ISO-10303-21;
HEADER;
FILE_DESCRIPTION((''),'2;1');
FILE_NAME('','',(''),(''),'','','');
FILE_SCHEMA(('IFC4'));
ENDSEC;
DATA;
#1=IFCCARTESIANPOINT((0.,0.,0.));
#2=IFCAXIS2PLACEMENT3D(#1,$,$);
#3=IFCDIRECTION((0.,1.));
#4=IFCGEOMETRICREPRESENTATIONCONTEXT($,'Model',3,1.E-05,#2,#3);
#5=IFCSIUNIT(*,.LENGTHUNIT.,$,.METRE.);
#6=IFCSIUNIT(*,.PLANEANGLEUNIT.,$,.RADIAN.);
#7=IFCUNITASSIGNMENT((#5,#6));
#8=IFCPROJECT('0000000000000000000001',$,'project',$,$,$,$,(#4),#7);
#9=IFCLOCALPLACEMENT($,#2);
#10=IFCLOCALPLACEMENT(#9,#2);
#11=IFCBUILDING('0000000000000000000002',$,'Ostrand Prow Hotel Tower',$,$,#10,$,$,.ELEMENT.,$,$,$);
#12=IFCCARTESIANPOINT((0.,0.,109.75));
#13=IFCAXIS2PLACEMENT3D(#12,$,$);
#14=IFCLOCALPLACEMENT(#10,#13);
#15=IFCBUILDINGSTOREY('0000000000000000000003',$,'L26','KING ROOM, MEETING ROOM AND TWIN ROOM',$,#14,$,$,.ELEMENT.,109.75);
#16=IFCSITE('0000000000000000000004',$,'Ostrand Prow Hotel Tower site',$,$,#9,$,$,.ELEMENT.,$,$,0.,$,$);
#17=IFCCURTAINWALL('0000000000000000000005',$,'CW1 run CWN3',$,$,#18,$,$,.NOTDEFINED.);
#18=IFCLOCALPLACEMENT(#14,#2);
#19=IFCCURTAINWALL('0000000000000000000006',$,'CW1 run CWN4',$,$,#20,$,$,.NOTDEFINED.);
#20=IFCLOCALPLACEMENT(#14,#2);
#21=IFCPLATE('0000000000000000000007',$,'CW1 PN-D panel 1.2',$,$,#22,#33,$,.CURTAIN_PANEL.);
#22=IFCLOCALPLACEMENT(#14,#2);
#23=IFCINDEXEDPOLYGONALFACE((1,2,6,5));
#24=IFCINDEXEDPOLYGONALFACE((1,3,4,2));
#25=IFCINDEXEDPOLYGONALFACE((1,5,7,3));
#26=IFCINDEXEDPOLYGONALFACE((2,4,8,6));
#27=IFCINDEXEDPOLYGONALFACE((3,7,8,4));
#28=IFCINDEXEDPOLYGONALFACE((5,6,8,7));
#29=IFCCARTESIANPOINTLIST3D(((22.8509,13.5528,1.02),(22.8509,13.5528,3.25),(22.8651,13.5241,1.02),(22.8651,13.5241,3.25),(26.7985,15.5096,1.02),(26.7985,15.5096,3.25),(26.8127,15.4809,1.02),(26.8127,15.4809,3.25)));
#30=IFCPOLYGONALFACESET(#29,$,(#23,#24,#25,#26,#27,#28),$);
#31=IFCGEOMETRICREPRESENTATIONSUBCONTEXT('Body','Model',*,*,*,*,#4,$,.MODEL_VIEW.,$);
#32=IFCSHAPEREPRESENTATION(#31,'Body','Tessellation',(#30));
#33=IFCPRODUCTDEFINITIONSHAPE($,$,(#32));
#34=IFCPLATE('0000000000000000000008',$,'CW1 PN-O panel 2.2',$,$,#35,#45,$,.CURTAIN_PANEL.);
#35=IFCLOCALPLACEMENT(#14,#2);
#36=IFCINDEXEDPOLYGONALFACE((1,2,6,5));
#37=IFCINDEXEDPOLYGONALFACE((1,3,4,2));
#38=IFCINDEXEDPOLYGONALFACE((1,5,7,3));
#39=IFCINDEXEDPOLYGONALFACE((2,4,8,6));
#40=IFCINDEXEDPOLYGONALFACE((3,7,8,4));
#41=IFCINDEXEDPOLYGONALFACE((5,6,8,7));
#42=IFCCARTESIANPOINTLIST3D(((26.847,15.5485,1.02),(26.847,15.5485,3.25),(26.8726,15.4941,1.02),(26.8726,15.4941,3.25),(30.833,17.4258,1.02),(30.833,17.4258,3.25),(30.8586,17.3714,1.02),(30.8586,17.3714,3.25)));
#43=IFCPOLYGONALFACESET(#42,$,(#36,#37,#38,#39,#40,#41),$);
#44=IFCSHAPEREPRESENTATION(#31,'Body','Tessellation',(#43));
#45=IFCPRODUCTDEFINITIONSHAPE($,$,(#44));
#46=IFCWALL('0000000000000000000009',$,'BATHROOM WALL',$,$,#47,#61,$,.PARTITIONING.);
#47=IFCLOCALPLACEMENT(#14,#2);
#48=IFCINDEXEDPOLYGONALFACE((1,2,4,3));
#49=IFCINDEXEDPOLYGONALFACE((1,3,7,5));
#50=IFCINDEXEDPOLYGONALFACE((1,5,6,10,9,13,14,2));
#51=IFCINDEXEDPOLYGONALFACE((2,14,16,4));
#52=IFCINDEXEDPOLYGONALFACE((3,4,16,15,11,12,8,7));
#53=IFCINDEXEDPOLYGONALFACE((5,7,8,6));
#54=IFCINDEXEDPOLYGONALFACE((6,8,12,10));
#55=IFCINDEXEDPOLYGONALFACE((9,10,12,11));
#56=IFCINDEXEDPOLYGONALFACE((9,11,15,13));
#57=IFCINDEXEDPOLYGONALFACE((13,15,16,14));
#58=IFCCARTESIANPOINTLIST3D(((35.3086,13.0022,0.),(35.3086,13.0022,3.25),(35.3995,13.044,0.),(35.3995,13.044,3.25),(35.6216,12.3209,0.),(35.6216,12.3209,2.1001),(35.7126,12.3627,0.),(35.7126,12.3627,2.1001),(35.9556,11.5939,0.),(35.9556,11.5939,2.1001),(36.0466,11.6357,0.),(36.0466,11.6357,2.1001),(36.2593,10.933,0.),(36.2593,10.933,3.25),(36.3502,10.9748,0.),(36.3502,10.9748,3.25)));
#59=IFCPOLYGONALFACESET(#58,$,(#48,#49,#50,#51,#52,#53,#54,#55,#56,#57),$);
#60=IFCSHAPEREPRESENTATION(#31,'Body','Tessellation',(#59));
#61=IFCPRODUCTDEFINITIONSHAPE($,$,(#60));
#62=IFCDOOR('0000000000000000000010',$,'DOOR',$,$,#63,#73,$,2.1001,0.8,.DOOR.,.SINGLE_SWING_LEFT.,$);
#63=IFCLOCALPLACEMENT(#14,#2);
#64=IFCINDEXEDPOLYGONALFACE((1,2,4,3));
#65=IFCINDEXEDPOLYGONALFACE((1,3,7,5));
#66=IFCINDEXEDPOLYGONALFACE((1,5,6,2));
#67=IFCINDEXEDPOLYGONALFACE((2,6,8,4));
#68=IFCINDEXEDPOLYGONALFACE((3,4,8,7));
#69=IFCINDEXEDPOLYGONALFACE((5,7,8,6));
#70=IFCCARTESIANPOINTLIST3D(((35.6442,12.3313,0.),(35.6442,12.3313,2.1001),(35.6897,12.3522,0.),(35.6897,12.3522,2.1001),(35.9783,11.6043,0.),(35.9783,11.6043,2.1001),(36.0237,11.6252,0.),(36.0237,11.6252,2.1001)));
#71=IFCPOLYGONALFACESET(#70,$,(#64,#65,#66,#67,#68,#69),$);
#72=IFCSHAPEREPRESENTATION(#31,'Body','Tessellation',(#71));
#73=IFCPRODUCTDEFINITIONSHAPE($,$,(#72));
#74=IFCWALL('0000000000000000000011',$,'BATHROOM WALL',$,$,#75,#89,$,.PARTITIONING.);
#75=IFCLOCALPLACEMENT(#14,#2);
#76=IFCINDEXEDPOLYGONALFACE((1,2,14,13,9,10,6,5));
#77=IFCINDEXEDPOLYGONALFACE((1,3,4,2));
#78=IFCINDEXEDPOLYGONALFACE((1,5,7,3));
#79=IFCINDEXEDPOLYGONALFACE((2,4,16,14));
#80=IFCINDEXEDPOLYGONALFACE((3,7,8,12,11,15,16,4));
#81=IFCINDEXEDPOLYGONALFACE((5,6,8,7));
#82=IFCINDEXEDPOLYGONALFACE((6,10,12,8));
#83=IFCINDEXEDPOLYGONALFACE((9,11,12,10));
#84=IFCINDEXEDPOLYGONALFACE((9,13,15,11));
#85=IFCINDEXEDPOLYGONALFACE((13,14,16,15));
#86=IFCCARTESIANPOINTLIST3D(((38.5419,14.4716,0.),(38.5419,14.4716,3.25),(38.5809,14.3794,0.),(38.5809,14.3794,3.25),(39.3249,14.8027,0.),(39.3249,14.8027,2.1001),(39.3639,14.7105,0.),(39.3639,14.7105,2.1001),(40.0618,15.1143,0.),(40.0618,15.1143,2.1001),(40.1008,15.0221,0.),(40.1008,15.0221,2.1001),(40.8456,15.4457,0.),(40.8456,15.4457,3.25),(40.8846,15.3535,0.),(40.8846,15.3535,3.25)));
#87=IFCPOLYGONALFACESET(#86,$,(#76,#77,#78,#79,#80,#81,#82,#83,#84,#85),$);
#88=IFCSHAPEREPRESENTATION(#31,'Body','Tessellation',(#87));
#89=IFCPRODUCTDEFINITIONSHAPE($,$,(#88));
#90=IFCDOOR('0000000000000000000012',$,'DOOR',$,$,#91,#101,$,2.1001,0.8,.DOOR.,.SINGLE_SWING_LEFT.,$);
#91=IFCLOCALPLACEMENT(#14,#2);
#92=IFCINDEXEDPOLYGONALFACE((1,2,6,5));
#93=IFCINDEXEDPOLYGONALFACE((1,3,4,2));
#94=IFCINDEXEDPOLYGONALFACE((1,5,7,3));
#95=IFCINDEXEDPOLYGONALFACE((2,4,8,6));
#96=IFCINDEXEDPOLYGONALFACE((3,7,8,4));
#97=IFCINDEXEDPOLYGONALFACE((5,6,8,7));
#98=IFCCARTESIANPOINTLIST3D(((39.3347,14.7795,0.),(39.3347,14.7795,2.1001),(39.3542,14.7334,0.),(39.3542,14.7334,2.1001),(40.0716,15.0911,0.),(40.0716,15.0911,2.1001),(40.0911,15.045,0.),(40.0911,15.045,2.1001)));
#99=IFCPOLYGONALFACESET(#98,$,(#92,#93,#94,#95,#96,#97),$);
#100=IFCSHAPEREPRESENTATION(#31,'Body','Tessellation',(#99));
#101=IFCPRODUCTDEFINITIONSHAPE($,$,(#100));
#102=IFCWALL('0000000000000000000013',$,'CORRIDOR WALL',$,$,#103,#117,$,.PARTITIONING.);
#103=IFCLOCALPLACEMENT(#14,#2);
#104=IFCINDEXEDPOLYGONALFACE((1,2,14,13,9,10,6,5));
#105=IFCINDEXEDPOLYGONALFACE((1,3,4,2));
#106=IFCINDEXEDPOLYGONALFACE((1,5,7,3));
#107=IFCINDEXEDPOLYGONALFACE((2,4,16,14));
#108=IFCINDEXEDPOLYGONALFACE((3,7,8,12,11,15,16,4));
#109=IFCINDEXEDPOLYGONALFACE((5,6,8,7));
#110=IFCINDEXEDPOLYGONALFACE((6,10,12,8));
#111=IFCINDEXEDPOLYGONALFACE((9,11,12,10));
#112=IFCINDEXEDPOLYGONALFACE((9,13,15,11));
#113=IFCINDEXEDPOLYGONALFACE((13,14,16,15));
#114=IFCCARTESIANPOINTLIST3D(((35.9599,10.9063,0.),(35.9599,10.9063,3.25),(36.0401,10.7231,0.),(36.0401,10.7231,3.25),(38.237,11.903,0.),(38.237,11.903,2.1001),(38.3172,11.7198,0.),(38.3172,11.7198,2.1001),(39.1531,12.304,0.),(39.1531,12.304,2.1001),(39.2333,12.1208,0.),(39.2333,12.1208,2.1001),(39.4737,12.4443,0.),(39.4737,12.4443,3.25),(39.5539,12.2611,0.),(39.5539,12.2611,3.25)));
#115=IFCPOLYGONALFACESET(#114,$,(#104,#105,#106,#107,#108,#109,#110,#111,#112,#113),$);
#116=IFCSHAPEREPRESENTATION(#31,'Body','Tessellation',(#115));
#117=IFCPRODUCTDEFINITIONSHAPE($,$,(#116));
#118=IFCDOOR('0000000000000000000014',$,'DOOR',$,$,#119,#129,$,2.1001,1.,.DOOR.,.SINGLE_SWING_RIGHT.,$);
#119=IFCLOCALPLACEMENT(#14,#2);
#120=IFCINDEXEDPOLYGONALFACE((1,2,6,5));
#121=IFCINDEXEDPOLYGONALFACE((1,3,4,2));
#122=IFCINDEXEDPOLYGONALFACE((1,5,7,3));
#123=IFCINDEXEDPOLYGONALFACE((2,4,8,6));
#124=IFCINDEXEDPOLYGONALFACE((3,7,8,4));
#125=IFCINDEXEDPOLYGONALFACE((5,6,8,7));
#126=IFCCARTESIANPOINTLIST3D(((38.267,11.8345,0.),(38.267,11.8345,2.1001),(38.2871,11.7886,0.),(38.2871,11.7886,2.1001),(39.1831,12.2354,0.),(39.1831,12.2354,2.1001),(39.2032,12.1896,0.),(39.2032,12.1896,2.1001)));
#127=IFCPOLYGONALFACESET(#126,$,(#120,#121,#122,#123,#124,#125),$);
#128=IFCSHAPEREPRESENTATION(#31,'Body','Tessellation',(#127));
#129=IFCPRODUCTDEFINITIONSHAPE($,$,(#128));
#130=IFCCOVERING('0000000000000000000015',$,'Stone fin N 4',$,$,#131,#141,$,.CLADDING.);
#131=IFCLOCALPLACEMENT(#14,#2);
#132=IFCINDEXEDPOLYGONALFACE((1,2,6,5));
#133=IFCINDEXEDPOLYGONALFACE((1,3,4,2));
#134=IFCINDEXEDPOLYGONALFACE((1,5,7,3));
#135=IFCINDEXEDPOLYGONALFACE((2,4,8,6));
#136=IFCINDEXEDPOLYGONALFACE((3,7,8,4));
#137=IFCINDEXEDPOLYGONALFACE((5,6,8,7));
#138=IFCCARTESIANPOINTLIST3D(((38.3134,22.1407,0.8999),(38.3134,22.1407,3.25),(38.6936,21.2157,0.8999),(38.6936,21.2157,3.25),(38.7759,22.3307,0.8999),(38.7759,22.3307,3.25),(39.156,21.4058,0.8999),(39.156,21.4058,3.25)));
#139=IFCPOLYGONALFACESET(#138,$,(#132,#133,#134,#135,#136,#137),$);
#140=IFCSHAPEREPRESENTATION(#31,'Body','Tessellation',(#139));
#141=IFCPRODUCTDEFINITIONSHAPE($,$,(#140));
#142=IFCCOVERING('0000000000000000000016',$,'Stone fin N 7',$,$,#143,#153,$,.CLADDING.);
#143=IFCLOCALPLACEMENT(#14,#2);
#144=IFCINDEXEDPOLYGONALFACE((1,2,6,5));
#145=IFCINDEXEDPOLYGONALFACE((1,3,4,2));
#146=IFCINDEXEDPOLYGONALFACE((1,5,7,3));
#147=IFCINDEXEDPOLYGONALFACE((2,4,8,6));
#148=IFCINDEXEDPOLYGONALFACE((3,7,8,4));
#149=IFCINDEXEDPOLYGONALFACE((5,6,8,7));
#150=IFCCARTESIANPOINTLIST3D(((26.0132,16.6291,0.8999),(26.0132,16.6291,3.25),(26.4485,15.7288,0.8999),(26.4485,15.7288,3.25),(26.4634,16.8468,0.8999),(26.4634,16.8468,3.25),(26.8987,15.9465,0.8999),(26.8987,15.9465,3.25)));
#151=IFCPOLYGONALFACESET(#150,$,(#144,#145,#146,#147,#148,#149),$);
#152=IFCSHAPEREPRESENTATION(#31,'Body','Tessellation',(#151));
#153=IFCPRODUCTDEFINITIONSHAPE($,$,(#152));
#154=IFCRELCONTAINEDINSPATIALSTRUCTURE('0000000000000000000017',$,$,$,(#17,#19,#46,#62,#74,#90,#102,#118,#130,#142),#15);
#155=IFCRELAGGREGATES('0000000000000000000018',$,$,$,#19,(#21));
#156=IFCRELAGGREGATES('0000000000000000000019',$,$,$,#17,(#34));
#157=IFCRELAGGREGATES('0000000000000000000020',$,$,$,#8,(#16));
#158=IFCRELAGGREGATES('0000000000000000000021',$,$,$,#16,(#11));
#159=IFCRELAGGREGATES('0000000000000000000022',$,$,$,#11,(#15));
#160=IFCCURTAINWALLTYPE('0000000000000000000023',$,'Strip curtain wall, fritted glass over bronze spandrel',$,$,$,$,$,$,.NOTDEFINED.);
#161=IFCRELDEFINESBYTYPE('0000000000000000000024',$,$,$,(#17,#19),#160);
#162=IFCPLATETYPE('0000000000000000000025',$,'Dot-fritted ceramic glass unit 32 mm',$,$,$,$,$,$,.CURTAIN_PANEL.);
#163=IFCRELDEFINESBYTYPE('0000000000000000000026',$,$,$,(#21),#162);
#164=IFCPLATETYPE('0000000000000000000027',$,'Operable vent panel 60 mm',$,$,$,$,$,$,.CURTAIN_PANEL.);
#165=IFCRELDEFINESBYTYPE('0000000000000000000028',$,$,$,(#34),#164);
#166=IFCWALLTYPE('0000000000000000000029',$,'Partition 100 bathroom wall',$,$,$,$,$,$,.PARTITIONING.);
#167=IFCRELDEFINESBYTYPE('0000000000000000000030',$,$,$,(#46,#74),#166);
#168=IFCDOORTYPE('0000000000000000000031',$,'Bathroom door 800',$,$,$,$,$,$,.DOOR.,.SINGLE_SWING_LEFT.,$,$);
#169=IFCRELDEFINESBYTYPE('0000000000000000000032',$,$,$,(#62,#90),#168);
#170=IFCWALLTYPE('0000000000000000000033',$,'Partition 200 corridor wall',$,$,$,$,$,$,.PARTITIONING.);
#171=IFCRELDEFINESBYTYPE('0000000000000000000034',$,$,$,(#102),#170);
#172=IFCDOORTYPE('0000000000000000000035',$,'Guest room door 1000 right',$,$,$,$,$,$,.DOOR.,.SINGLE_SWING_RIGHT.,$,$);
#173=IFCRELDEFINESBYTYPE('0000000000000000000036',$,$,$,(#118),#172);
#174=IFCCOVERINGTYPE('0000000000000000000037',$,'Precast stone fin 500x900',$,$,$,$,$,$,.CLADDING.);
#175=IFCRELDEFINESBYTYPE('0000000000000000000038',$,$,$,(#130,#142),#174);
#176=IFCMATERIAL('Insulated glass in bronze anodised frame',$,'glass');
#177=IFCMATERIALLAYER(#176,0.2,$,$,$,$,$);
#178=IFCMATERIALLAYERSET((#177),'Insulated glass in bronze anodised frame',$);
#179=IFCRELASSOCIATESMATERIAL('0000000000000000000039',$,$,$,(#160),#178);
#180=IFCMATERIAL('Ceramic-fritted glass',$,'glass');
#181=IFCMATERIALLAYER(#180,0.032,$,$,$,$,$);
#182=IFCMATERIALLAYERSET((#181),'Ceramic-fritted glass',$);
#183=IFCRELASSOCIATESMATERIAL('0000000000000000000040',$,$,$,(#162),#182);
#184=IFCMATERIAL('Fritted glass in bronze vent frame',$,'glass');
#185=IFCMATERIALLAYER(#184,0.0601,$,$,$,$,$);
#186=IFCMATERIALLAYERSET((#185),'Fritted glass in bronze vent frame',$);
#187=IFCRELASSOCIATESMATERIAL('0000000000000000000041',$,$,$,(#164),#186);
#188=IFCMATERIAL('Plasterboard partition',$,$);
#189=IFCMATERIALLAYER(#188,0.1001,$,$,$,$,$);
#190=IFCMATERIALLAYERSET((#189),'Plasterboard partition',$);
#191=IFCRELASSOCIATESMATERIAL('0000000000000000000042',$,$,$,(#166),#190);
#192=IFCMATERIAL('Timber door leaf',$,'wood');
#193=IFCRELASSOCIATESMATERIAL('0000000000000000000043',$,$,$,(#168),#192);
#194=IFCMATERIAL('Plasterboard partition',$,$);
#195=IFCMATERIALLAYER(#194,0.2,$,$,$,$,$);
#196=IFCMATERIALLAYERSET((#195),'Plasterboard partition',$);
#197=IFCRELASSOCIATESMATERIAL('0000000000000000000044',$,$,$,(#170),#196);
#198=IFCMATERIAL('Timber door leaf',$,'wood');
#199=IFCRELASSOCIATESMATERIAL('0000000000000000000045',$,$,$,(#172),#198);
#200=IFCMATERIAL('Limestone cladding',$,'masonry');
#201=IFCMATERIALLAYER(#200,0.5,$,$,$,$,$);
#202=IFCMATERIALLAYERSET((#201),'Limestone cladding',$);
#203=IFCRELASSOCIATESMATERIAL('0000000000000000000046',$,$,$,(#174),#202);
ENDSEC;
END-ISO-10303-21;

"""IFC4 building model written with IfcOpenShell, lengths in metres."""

from ifc_helpers import new_model, si_unit, direction, frame, frame_2d, origin, origin_2d, place, context, subcontext, project, spatial, rectangle, extrude, material, layer, layer_set, type_object, element, fill, aggregate, save


model = new_model("IFC4")

# Units and contexts
model_context = context("Model", 3, precision=1e-05, world=origin(), true_north=direction((0.0, 1.0)))
body_context = subcontext(model_context, "Body", "Model", "MODEL_VIEW")
ifc_project = project(units=[si_unit("LENGTHUNIT", "METRE"), si_unit("PLANEANGLEUNIT", "RADIAN")], contexts=[model_context])

# Site, building, storey
site_placement = place(None, origin())
site = spatial("IfcSite", under=ifc_project, at=site_placement, Name="Ostrand Prow Hotel Tower site", CompositionType="ELEMENT", RefElevation=0.0)
building_placement = place(site_placement, origin())
building = spatial("IfcBuilding", under=site, at=building_placement, Name="Ostrand Prow Hotel Tower", CompositionType="ELEMENT")
storey_placement = place(building_placement, frame((0.0, 0.0, 109.75)))
storey = spatial("IfcBuildingStorey", under=building, at=storey_placement, Name="L26", Description="KING ROOM, MEETING ROOM AND TWIN ROOM", CompositionType="ELEMENT", Elevation=109.75)

# Curtain wall
ifc_material_1 = material(Name="Insulated glass in bronze anodised frame", Category="glass")
ifc_layer_1 = layer(ifc_material_1, 0.2)
ifc_layer_set_1 = layer_set([ifc_layer_1], Name="Insulated glass in bronze anodised frame")
curtain_wall_type = type_object("IfcCurtainWallType", Name="Strip curtain wall, fritted glass over bronze spandrel", PredefinedType="NOTDEFINED", material=ifc_layer_set_1)
curtain_wall_1_placement = place(storey_placement, origin())
curtain_wall_1 = element("IfcCurtainWall", 1, at=curtain_wall_1_placement, inside=storey, type_object=curtain_wall_type, Name="CW1 run CWN3", PredefinedType="NOTDEFINED")

# Curtain wall
curtain_wall_2_placement = place(storey_placement, origin())
curtain_wall_2 = element("IfcCurtainWall", 2, at=curtain_wall_2_placement, inside=storey, type_object=curtain_wall_type, Name="CW1 run CWN4", PredefinedType="NOTDEFINED")

# Plates
ifc_material_2 = material(Name="Ceramic-fritted glass", Category="glass")
ifc_layer_2 = layer(ifc_material_2, 0.032)
ifc_layer_set_2 = layer_set([ifc_layer_2], Name="Ceramic-fritted glass")
plate_type_1 = type_object("IfcPlateType", Name="Dot-fritted ceramic glass unit 32 mm", PredefinedType="CURTAIN_PANEL", material=ifc_layer_set_2)
plate_1_placement = place(storey_placement, frame((24.8318, 14.5168, 1.02), z_axis=(0.0, 0.0, 1.0), x_axis=(-0.895971, -0.444113, 0.0)))
plate_1 = element("IfcPlate", 3, at=plate_1_placement, type_object=plate_type_1, Name="CW1 PN-D panel 1.2", PredefinedType="CURTAIN_PANEL", context=body_context, shape_type="SweptSolid", body=[
    extrude(rectangle(XDim=4.406, YDim=0.032, at=origin_2d()), origin(), (0.0, 0.0, 1.0), 2.23),
])
aggregate(curtain_wall_2, [plate_1])
ifc_material_3 = material(Name="Fritted glass in bronze vent frame", Category="glass")
ifc_layer_3 = layer(ifc_material_3, 0.0601)
ifc_layer_set_3 = layer_set([ifc_layer_3], Name="Fritted glass in bronze vent frame")
plate_type_2 = type_object("IfcPlateType", Name="Operable vent panel 60 mm", PredefinedType="CURTAIN_PANEL", material=ifc_layer_set_3)
plate_2_placement = place(storey_placement, frame((28.8528, 16.46, 1.02), z_axis=(0.0, 0.0, 1.0), x_axis=(-0.904686, -0.426079, 0.0)))
plate_2 = element("IfcPlate", 4, at=plate_2_placement, type_object=plate_type_2, Name="CW1 PN-O panel 2.2", PredefinedType="CURTAIN_PANEL", context=body_context, shape_type="SweptSolid", body=[
    extrude(rectangle(XDim=4.406, YDim=0.0601, at=origin_2d()), origin(), (0.0, 0.0, 1.0), 2.23),
])
aggregate(curtain_wall_1, [plate_2])

# Walls, openings, doors
ifc_material_4 = material(Name="Plasterboard partition")
ifc_layer_4 = layer(ifc_material_4, 0.1001)
ifc_layer_set_4 = layer_set([ifc_layer_4], Name="Plasterboard partition")
wall_type_1 = type_object("IfcWallType", Name="Partition 100 bathroom wall", PredefinedType="PARTITIONING", material=ifc_layer_set_4)
wall_1_placement = place(storey_placement, frame((35.354, 13.0232, 0.0), z_axis=(0.0, 0.0, 1.0), x_axis=(0.417507, -0.908674, 0.0)))
wall_1 = element("IfcWall", 5, at=wall_1_placement, inside=storey, type_object=wall_type_1, Name="BATHROOM WALL", PredefinedType="PARTITIONING", context=body_context, shape_type="SweptSolid", body=[
    extrude(rectangle(XDim=2.2771, YDim=0.1001, at=frame_2d((1.1387, 0.0))), origin(), (0.0, 0.0, 1.0), 3.25),
])
opening_1_placement = place(wall_1_placement, frame((0.75, 0.0, 0.0)))
opening_1 = element("IfcOpeningElement", 6, at=opening_1_placement, cuts=wall_1, PredefinedType="OPENING", context=body_context, shape_type="SweptSolid", body=[
    extrude(rectangle(XDim=0.8, YDim=2.1001, at=frame_2d((0.3999, 1.05))), frame((0.0, 0.0601, 0.0), z_axis=(0.0, -1.0, 0.0), x_axis=(1.0, 0.0, 0.0)), (0.0, 0.0, 1.0), 0.1201),
])
ifc_material_5 = material(Name="Timber door leaf", Category="wood")
door_type_1 = type_object("IfcDoorType", Name="Bathroom door 800", OperationType="SINGLE_SWING_LEFT", PredefinedType="DOOR", material=ifc_material_5)
door_1_placement = place(opening_1_placement, origin())
door_1 = element("IfcDoor", 7, at=door_1_placement, inside=storey, type_object=door_type_1, Name="DOOR", OperationType="SINGLE_SWING_LEFT", OverallHeight=2.1001, OverallWidth=0.8, PredefinedType="DOOR", context=body_context, shape_type="SweptSolid", body=[
    extrude(rectangle(XDim=0.8, YDim=2.1001, at=frame_2d((0.3999, 1.05))), frame((0.0, 0.0249, 0.0), z_axis=(0.0, -1.0, 0.0), x_axis=(1.0, 0.0, 0.0)), (0.0, 0.0, 1.0), 0.05),
])
fill(opening_1, door_1)
wall_2_placement = place(storey_placement, frame((38.5615, 14.4255, 0.0), z_axis=(0.0, 0.0, 1.0), x_axis=(0.921043, 0.389462, 0.0)))
wall_2 = element("IfcWall", 8, at=wall_2_placement, inside=storey, type_object=wall_type_1, Name="BATHROOM WALL", PredefinedType="PARTITIONING", context=body_context, shape_type="SweptSolid", body=[
    extrude(rectangle(XDim=2.5012, YDim=0.1001, at=frame_2d((1.2505, 0.0))), origin(), (0.0, 0.0, 1.0), 3.25),
])
opening_2_placement = place(wall_2_placement, frame((0.8501, 0.0, 0.0)))
opening_2 = element("IfcOpeningElement", 9, at=opening_2_placement, cuts=wall_2, PredefinedType="OPENING", context=body_context, shape_type="SweptSolid", body=[
    extrude(rectangle(XDim=0.8, YDim=2.1001, at=frame_2d((0.3999, 1.05))), frame((0.0, 0.0601, 0.0), z_axis=(0.0, -1.0, 0.0), x_axis=(1.0, 0.0, 0.0)), (0.0, 0.0, 1.0), 0.1201),
])
door_2_placement = place(opening_2_placement, origin())
door_2 = element("IfcDoor", 10, at=door_2_placement, inside=storey, type_object=door_type_1, Name="DOOR", OperationType="SINGLE_SWING_LEFT", OverallHeight=2.1001, OverallWidth=0.8, PredefinedType="DOOR", context=body_context, shape_type="SweptSolid", body=[
    extrude(rectangle(XDim=0.8, YDim=2.1001, at=frame_2d((0.3999, 1.05))), frame((0.0, 0.0249, 0.0), z_axis=(0.0, -1.0, 0.0), x_axis=(1.0, 0.0, 0.0)), (0.0, 0.0, 1.0), 0.05),
])
fill(opening_2, door_2)
ifc_material_6 = material(Name="Plasterboard partition")
ifc_layer_5 = layer(ifc_material_6, 0.2)
ifc_layer_set_5 = layer_set([ifc_layer_5], Name="Plasterboard partition")
wall_type_2 = type_object("IfcWallType", Name="Partition 200 corridor wall", PredefinedType="PARTITIONING", material=ifc_layer_set_5)
wall_3_placement = place(storey_placement, frame((39.5139, 12.3528, 0.0), z_axis=(0.0, 0.0, 1.0), x_axis=(-0.916086, -0.400982, 0.0)))
wall_3 = element("IfcWall", 11, at=wall_3_placement, inside=storey, type_object=wall_type_2, Name="CORRIDOR WALL", PredefinedType="PARTITIONING", context=body_context, shape_type="SweptSolid", body=[
    extrude(rectangle(XDim=3.8357, YDim=0.2, at=frame_2d((1.918, 0.0))), origin(), (0.0, 0.0, 1.0), 3.25),
])
opening_3_placement = place(wall_3_placement, frame((0.3501, 0.0, 0.0)))
opening_3 = element("IfcOpeningElement", 12, at=opening_3_placement, cuts=wall_3, PredefinedType="OPENING", context=body_context, shape_type="SweptSolid", body=[
    extrude(rectangle(XDim=1.0, YDim=2.1001, at=frame_2d((0.5, 1.05))), frame((0.0, 0.1099, 0.0), z_axis=(0.0, -1.0, 0.0), x_axis=(1.0, 0.0, 0.0)), (0.0, 0.0, 1.0), 0.22),
])
ifc_material_7 = material(Name="Timber door leaf", Category="wood")
door_type_2 = type_object("IfcDoorType", Name="Guest room door 1000 right", OperationType="SINGLE_SWING_RIGHT", PredefinedType="DOOR", material=ifc_material_7)
door_3_placement = place(opening_3_placement, origin())
door_3 = element("IfcDoor", 13, at=door_3_placement, inside=storey, type_object=door_type_2, Name="DOOR", OperationType="SINGLE_SWING_RIGHT", OverallHeight=2.1001, OverallWidth=1.0, PredefinedType="DOOR", context=body_context, shape_type="SweptSolid", body=[
    extrude(rectangle(XDim=1.0, YDim=2.1001, at=frame_2d((0.5, 1.05))), frame((0.0, 0.0249, 0.0), z_axis=(0.0, -1.0, 0.0), x_axis=(1.0, 0.0, 0.0)), (0.0, 0.0, 1.0), 0.05),
])
fill(opening_3, door_3)

# Coverings
ifc_material_8 = material(Name="Limestone cladding", Category="masonry")
ifc_layer_6 = layer(ifc_material_8, 0.5)
ifc_layer_set_6 = layer_set([ifc_layer_6], Name="Limestone cladding")
covering_type = type_object("IfcCoveringType", Name="Precast stone fin 500x900", PredefinedType="CLADDING", material=ifc_layer_set_6)
for number, where, z_axis, x_axis, name in (
    (14, (38.9248, 21.3108, 0.8999), (0.0, 0.0, 1.0), (-0.380173, 0.924916, 0.0), "Stone fin N 4"),
    (15, (26.6736, 15.8376, 0.8999), (0.0, 0.0, 1.0), (-0.435261, 0.900304, 0.0), "Stone fin N 7"),
):
    element("IfcCovering", number, at=place(storey_placement, frame(where, z_axis=z_axis, x_axis=x_axis)), inside=storey, type_object=covering_type, Name=name, PredefinedType="CLADDING", context=body_context, shape_type="SweptSolid", body=[
        extrude(rectangle(XDim=1.0, YDim=0.5, at=frame_2d((0.5, 0.0))), origin(), (0.0, 0.0, 1.0), 2.3501),
    ])

save(model, "model.ifc")
